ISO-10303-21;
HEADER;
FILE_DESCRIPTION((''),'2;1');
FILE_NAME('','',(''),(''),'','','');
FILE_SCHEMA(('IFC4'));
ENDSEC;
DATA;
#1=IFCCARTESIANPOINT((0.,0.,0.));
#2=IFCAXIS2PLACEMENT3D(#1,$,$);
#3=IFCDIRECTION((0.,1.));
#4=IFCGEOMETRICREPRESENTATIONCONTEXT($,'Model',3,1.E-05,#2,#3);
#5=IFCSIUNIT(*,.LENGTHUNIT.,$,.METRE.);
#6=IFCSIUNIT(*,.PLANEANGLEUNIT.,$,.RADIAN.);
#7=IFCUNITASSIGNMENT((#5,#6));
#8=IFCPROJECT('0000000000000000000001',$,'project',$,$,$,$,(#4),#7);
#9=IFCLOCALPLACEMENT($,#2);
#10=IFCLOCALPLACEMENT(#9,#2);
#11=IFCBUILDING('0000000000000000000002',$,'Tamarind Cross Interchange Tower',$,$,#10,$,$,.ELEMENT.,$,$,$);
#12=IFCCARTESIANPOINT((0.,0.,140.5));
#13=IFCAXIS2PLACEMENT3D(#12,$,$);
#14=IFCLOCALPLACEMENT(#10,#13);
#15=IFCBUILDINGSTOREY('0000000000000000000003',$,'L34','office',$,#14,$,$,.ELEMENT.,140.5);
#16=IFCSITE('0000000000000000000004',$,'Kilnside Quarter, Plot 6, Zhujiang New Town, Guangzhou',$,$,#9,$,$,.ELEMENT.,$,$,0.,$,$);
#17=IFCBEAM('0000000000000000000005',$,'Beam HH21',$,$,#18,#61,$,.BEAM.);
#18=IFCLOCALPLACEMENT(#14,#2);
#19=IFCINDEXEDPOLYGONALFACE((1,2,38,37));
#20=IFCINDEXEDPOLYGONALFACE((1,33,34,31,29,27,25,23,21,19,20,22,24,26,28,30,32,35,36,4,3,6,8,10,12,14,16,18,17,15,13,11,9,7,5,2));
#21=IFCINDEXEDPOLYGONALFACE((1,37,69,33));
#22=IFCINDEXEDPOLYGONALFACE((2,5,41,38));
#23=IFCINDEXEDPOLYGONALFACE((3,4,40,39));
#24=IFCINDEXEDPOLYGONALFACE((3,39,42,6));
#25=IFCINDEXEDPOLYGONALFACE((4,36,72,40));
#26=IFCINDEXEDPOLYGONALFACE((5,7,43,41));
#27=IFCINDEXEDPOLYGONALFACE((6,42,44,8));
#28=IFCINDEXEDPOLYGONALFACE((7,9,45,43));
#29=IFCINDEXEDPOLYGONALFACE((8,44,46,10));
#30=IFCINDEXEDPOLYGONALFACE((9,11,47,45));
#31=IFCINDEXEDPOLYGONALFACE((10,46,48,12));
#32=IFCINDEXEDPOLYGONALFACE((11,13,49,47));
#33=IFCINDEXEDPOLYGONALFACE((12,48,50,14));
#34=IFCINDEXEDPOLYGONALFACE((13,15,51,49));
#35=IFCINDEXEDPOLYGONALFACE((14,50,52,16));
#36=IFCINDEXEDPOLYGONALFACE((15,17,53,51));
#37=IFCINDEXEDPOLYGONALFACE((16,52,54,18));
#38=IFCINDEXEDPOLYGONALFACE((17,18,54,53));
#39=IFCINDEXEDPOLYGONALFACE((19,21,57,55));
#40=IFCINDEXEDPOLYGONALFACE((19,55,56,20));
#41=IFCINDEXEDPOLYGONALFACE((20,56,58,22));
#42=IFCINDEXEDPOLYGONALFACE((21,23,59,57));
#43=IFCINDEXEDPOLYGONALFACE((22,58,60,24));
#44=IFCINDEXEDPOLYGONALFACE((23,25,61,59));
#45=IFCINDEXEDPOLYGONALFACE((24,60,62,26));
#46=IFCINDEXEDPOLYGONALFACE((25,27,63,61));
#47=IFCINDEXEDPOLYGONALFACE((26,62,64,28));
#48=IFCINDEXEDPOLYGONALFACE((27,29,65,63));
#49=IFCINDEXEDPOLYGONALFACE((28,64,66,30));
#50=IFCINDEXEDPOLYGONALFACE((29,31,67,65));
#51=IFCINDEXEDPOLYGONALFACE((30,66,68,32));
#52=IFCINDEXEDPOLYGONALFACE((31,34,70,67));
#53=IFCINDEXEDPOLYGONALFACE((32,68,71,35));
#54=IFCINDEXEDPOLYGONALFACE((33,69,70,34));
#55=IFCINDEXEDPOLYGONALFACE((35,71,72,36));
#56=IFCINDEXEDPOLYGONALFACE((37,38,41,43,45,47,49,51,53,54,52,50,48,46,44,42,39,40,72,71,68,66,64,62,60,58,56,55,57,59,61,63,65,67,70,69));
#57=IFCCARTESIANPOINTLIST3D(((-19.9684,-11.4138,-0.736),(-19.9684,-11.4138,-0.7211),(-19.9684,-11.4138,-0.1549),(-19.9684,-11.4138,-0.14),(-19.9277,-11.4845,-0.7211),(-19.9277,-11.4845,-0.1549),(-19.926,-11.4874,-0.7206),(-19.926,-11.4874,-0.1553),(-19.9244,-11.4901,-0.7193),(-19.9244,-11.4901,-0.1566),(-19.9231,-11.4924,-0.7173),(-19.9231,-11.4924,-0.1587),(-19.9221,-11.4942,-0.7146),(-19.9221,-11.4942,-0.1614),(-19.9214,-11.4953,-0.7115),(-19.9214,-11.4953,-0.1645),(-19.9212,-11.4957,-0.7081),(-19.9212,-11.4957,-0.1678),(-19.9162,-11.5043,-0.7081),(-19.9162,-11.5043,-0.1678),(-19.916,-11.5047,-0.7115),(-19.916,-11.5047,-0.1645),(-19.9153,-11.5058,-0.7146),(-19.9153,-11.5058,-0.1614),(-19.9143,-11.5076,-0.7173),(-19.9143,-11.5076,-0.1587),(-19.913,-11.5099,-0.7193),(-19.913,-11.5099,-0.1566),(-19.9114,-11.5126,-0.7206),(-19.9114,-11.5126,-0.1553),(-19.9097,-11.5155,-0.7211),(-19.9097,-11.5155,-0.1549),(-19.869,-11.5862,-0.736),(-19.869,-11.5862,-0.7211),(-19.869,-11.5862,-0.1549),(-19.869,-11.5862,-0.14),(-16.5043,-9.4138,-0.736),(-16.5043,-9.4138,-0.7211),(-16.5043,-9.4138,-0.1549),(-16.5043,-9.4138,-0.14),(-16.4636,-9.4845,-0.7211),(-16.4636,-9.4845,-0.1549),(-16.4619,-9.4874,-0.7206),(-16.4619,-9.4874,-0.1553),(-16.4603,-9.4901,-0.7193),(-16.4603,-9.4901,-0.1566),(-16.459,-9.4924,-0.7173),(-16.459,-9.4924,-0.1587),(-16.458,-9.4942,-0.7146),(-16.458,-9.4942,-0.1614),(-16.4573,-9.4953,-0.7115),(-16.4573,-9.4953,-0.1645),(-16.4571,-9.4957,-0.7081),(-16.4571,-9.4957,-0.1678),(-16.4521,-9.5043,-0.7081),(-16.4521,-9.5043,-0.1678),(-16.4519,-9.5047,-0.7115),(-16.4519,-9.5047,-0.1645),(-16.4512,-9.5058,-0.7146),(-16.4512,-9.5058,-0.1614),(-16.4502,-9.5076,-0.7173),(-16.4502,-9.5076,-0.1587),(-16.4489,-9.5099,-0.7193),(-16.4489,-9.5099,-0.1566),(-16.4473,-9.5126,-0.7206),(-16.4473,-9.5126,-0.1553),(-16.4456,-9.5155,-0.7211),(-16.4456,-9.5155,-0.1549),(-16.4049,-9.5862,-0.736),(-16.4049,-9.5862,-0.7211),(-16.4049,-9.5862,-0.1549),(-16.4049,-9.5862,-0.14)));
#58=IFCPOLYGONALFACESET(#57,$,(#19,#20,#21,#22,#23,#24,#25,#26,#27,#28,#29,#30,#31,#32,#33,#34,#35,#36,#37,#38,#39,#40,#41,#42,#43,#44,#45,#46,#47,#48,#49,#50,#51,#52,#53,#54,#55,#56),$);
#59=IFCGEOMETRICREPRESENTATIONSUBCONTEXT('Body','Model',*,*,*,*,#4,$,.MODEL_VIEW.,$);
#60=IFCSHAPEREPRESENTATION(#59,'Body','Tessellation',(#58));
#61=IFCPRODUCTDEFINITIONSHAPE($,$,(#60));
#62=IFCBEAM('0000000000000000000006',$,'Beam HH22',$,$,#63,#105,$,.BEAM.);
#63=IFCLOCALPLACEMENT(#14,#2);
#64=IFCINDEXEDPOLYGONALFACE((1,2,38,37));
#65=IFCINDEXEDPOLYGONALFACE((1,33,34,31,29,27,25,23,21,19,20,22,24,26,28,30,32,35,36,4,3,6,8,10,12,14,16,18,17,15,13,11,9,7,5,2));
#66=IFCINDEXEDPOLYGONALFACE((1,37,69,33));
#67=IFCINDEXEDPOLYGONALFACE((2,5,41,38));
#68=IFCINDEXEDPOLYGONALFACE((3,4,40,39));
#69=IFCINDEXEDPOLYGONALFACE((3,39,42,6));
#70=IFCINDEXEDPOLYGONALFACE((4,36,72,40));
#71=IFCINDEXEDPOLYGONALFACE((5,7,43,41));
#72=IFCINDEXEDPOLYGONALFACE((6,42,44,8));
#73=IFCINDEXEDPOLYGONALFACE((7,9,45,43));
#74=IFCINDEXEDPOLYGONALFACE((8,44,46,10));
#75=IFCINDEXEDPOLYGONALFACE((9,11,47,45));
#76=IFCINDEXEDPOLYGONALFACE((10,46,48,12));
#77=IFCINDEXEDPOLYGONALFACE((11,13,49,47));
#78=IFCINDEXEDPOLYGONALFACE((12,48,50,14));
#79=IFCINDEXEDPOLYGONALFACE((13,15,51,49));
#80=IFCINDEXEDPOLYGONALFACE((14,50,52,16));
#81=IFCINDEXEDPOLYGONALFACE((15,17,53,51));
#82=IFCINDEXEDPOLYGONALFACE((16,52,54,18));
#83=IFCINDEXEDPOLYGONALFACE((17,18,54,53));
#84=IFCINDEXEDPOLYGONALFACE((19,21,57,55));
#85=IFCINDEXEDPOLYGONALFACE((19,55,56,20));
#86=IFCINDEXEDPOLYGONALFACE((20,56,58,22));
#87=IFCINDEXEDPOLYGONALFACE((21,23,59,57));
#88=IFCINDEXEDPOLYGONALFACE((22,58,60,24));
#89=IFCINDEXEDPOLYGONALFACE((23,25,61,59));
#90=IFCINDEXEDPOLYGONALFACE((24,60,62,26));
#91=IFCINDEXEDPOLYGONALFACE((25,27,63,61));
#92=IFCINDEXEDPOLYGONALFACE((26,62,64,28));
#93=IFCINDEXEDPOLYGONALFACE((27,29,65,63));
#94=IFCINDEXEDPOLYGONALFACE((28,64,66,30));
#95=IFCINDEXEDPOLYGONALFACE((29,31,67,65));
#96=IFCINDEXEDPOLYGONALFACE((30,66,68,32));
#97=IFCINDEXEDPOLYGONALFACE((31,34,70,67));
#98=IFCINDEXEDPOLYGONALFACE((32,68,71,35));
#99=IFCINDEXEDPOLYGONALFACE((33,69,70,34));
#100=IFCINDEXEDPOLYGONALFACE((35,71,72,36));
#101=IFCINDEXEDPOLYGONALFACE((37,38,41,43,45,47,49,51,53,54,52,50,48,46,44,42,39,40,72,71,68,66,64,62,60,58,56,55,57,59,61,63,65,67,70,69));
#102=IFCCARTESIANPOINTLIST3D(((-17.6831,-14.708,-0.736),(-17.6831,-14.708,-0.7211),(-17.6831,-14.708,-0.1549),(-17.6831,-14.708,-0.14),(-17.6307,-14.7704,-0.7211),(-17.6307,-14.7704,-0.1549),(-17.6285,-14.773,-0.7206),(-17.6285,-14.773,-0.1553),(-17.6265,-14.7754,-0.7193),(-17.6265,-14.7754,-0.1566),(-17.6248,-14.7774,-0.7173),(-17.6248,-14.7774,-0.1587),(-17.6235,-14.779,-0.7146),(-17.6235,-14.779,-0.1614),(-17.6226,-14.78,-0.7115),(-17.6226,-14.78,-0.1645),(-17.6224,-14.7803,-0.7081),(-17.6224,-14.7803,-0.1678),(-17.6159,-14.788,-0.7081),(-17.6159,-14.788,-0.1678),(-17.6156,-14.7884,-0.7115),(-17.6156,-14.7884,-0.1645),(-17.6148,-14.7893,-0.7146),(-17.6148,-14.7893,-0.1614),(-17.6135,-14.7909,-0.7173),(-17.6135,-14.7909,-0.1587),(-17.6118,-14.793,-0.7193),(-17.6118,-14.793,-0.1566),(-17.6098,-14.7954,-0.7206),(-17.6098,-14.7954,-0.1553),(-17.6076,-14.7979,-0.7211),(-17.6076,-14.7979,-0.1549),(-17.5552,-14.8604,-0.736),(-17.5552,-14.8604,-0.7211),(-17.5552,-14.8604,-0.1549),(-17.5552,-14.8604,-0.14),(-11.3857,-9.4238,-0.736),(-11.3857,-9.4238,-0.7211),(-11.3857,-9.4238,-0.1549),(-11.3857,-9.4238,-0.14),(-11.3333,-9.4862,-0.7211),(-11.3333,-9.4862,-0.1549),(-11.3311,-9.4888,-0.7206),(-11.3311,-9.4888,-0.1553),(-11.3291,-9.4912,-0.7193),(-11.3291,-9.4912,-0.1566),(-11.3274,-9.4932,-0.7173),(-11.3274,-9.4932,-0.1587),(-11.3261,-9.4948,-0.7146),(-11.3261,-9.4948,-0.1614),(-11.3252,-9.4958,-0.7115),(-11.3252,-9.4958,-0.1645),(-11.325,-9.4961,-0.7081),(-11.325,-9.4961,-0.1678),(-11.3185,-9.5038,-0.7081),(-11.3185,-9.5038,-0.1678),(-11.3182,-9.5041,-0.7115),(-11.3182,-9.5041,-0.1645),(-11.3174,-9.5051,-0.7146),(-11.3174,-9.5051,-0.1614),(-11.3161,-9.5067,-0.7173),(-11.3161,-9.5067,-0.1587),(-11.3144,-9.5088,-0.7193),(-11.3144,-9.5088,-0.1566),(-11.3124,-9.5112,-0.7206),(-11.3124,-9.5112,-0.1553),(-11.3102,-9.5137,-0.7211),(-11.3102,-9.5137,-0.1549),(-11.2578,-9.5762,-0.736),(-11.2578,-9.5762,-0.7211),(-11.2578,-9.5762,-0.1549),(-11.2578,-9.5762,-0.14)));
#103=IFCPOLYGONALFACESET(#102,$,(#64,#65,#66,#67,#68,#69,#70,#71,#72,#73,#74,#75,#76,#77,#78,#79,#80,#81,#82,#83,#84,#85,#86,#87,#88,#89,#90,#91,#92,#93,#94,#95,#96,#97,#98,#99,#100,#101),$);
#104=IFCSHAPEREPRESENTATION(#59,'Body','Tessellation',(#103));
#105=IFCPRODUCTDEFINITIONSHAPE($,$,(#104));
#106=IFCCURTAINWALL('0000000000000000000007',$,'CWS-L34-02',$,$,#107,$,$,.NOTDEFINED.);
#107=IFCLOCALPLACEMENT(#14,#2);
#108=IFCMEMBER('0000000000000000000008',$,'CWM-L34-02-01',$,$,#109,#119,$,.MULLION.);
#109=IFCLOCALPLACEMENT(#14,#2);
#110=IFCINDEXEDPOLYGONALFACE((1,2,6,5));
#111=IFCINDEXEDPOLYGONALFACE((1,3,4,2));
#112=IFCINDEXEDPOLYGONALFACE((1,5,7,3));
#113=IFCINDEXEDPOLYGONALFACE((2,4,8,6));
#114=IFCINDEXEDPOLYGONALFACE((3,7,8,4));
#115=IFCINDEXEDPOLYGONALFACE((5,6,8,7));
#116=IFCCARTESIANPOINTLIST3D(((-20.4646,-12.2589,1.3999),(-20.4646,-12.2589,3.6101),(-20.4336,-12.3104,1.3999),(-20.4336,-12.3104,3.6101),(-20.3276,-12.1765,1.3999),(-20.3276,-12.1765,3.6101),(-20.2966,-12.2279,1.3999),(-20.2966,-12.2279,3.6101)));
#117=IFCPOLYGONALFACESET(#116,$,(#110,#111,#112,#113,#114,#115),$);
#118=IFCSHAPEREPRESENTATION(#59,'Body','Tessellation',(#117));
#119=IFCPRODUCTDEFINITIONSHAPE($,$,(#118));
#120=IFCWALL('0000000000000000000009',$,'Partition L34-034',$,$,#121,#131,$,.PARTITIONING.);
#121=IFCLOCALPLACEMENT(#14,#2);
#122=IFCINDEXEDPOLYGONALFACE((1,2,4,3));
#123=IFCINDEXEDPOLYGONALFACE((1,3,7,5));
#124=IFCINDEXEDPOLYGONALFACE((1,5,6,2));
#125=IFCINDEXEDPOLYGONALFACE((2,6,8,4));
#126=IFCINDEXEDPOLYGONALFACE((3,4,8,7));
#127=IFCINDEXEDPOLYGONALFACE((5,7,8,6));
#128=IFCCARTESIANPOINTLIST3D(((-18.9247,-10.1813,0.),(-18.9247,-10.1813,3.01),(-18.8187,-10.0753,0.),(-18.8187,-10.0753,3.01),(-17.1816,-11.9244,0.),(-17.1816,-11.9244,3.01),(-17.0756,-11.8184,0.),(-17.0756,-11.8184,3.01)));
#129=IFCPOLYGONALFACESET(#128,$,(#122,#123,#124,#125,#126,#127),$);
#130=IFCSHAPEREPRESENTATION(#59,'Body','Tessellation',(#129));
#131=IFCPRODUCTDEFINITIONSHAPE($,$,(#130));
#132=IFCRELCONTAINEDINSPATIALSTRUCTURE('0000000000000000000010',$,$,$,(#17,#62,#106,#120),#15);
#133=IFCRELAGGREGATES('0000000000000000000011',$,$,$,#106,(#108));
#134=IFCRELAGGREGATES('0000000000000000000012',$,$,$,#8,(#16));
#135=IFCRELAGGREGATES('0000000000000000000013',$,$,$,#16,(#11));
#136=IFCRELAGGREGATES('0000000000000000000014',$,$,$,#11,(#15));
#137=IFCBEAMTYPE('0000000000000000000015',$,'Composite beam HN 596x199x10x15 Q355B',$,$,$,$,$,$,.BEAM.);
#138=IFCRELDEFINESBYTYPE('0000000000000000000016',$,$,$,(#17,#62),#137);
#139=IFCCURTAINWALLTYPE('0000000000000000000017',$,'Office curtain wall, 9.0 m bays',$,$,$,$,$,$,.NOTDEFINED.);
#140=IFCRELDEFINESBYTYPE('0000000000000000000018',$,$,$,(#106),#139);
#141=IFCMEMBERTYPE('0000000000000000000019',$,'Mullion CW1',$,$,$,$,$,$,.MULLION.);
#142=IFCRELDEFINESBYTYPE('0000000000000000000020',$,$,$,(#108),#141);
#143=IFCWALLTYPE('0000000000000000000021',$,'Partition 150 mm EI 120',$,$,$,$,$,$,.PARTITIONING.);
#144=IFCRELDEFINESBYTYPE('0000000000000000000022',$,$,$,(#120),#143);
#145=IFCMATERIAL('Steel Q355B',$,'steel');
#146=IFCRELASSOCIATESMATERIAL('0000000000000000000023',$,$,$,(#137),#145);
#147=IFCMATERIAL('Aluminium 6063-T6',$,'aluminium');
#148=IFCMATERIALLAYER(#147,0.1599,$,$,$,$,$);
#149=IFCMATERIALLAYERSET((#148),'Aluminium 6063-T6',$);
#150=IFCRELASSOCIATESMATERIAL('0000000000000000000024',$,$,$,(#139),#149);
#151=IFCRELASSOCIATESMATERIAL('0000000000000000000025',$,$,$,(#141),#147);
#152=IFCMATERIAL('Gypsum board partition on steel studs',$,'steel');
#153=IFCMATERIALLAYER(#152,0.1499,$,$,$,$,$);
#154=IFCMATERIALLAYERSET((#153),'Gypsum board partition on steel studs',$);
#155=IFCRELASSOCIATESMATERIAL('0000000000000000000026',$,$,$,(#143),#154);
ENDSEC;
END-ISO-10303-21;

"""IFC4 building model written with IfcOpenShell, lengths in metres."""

from ifc_helpers import new_model, si_unit, direction, frame, frame_2d, origin, origin_2d, place, context, subcontext, project, spatial, rectangle, i_section, extrude, material, layer, layer_set, material_profile, profile_set, type_object, element, aggregate, save


model = new_model("IFC4")

# Units and contexts
model_context = context("Model", 3, precision=1e-05, world=origin(), true_north=direction((0.0, 1.0)))
body_context = subcontext(model_context, "Body", "Model", "MODEL_VIEW")
ifc_project = project(units=[si_unit("LENGTHUNIT", "METRE"), si_unit("PLANEANGLEUNIT", "RADIAN")], contexts=[model_context])

# Site, building, storey
site_placement = place(None, origin())
site = spatial("IfcSite", under=ifc_project, at=site_placement, Name="Kilnside Quarter, Plot 6, Zhujiang New Town, Guangzhou", CompositionType="ELEMENT", RefElevation=0.0)
building_placement = place(site_placement, origin())
building = spatial("IfcBuilding", under=site, at=building_placement, Name="Tamarind Cross Interchange Tower", CompositionType="ELEMENT")
storey_placement = place(building_placement, frame((0.0, 0.0, 140.5)))
storey = spatial("IfcBuildingStorey", under=building, at=storey_placement, Name="L34", Description="office", CompositionType="ELEMENT", Elevation=140.5)

# Beams
ifc_material_1 = material(Name="Steel Q355B", Category="steel")
ifc_material_profile_1 = material_profile(ifc_material_1, i_section(OverallWidth=0.199, OverallDepth=0.5959, WebThickness=0.01, FlangeThickness=0.0149, FilletRadius=0.0129, at=origin_2d()), Name="HN 596x199x10x15")
ifc_profile_set_1 = profile_set([ifc_material_profile_1], Name="Steel Q355B")
beam_type = type_object("IfcBeamType", Name="Composite beam HN 596x199x10x15 Q355B", PredefinedType="BEAM", material=ifc_profile_set_1)
beam_1_placement = place(storey_placement, frame((-19.9187, -11.5, -0.438), z_axis=(0.866026, 0.499999, 0.0), x_axis=(-0.499999, 0.866026, 0.0)))
element("IfcBeam", 1, at=beam_1_placement, inside=storey, type_object=beam_type, Name="Beam HH21", PredefinedType="BEAM", context=body_context, shape_type="SweptSolid", body=[
    extrude(i_section(OverallWidth=0.199, OverallDepth=0.5959, WebThickness=0.01, FlangeThickness=0.0149, FilletRadius=0.0129, at=origin_2d()), origin(), (0.0, 0.0, 1.0), 4.0),
])
beam_2_placement = place(storey_placement, frame((-17.6191, -14.7842, -0.438), z_axis=(0.766041, 0.642792, 0.0), x_axis=(-0.642792, 0.766041, 0.0)))
element("IfcBeam", 2, at=beam_2_placement, inside=storey, type_object=beam_type, Name="Beam HH22", PredefinedType="BEAM", context=body_context, shape_type="SweptSolid", body=[
    extrude(i_section(OverallWidth=0.199, OverallDepth=0.5959, WebThickness=0.01, FlangeThickness=0.0149, FilletRadius=0.0129, at=origin_2d()), origin(), (0.0, 0.0, 1.0), 8.2207),
])

# Curtain wall, member
ifc_material_2 = material(Name="Aluminium 6063-T6", Category="aluminium")
ifc_layer_1 = layer(ifc_material_2, 0.1599)
ifc_layer_set_1 = layer_set([ifc_layer_1], Name="Aluminium 6063-T6")
curtain_wall_type = type_object("IfcCurtainWallType", Name="Office curtain wall, 9.0 m bays", PredefinedType="NOTDEFINED", material=ifc_layer_set_1)
curtain_wall_placement = place(storey_placement, origin())
curtain_wall = element("IfcCurtainWall", 3, at=curtain_wall_placement, inside=storey, type_object=curtain_wall_type, Name="CWS-L34-02", PredefinedType="NOTDEFINED")
ifc_material_profile_2 = material_profile(ifc_material_2, rectangle(XDim=0.0601, YDim=0.1599, at=origin_2d()), Name="Mullion CW1")
ifc_profile_set_2 = profile_set([ifc_material_profile_2], Name="Aluminium 6063-T6")
member_type = type_object("IfcMemberType", Name="Mullion CW1", PredefinedType="MULLION", material=ifc_profile_set_2)
member_placement = place(storey_placement, frame((-20.3806, -12.2434, 1.3999), z_axis=(0.0, 0.0, 1.0), x_axis=(0.515577, -0.856843, 0.0)))
member = element("IfcMember", 4, at=member_placement, type_object=member_type, Name="CWM-L34-02-01", PredefinedType="MULLION", context=body_context, shape_type="SweptSolid", body=[
    extrude(rectangle(XDim=0.0601, YDim=0.1599, at=origin_2d()), origin(), (0.0, 0.0, 1.0), 2.2102),
])
aggregate(curtain_wall, [member])

# Wall
ifc_material_3 = material(Name="Gypsum board partition on steel studs", Category="steel")
ifc_layer_2 = layer(ifc_material_3, 0.1499)
ifc_layer_set_2 = layer_set([ifc_layer_2], Name="Gypsum board partition on steel studs")
wall_type = type_object("IfcWallType", Name="Partition 150 mm EI 120", PredefinedType="PARTITIONING", material=ifc_layer_set_2)
wall_1_placement = place(storey_placement, frame((-18.8716, -10.1284, 0.0), z_axis=(0.0, 0.0, 1.0), x_axis=(0.707107, -0.707107, 0.0)))
element("IfcWall", 5, at=wall_1_placement, inside=storey, type_object=wall_type, Name="Partition L34-034", PredefinedType="PARTITIONING", context=body_context, shape_type="SweptSolid", body=[
    extrude(rectangle(XDim=2.4651, YDim=0.1499, at=frame_2d((1.2324, 0.0))), origin(), (0.0, 0.0, 1.0), 3.01),
])

save(model, "model.ifc")
